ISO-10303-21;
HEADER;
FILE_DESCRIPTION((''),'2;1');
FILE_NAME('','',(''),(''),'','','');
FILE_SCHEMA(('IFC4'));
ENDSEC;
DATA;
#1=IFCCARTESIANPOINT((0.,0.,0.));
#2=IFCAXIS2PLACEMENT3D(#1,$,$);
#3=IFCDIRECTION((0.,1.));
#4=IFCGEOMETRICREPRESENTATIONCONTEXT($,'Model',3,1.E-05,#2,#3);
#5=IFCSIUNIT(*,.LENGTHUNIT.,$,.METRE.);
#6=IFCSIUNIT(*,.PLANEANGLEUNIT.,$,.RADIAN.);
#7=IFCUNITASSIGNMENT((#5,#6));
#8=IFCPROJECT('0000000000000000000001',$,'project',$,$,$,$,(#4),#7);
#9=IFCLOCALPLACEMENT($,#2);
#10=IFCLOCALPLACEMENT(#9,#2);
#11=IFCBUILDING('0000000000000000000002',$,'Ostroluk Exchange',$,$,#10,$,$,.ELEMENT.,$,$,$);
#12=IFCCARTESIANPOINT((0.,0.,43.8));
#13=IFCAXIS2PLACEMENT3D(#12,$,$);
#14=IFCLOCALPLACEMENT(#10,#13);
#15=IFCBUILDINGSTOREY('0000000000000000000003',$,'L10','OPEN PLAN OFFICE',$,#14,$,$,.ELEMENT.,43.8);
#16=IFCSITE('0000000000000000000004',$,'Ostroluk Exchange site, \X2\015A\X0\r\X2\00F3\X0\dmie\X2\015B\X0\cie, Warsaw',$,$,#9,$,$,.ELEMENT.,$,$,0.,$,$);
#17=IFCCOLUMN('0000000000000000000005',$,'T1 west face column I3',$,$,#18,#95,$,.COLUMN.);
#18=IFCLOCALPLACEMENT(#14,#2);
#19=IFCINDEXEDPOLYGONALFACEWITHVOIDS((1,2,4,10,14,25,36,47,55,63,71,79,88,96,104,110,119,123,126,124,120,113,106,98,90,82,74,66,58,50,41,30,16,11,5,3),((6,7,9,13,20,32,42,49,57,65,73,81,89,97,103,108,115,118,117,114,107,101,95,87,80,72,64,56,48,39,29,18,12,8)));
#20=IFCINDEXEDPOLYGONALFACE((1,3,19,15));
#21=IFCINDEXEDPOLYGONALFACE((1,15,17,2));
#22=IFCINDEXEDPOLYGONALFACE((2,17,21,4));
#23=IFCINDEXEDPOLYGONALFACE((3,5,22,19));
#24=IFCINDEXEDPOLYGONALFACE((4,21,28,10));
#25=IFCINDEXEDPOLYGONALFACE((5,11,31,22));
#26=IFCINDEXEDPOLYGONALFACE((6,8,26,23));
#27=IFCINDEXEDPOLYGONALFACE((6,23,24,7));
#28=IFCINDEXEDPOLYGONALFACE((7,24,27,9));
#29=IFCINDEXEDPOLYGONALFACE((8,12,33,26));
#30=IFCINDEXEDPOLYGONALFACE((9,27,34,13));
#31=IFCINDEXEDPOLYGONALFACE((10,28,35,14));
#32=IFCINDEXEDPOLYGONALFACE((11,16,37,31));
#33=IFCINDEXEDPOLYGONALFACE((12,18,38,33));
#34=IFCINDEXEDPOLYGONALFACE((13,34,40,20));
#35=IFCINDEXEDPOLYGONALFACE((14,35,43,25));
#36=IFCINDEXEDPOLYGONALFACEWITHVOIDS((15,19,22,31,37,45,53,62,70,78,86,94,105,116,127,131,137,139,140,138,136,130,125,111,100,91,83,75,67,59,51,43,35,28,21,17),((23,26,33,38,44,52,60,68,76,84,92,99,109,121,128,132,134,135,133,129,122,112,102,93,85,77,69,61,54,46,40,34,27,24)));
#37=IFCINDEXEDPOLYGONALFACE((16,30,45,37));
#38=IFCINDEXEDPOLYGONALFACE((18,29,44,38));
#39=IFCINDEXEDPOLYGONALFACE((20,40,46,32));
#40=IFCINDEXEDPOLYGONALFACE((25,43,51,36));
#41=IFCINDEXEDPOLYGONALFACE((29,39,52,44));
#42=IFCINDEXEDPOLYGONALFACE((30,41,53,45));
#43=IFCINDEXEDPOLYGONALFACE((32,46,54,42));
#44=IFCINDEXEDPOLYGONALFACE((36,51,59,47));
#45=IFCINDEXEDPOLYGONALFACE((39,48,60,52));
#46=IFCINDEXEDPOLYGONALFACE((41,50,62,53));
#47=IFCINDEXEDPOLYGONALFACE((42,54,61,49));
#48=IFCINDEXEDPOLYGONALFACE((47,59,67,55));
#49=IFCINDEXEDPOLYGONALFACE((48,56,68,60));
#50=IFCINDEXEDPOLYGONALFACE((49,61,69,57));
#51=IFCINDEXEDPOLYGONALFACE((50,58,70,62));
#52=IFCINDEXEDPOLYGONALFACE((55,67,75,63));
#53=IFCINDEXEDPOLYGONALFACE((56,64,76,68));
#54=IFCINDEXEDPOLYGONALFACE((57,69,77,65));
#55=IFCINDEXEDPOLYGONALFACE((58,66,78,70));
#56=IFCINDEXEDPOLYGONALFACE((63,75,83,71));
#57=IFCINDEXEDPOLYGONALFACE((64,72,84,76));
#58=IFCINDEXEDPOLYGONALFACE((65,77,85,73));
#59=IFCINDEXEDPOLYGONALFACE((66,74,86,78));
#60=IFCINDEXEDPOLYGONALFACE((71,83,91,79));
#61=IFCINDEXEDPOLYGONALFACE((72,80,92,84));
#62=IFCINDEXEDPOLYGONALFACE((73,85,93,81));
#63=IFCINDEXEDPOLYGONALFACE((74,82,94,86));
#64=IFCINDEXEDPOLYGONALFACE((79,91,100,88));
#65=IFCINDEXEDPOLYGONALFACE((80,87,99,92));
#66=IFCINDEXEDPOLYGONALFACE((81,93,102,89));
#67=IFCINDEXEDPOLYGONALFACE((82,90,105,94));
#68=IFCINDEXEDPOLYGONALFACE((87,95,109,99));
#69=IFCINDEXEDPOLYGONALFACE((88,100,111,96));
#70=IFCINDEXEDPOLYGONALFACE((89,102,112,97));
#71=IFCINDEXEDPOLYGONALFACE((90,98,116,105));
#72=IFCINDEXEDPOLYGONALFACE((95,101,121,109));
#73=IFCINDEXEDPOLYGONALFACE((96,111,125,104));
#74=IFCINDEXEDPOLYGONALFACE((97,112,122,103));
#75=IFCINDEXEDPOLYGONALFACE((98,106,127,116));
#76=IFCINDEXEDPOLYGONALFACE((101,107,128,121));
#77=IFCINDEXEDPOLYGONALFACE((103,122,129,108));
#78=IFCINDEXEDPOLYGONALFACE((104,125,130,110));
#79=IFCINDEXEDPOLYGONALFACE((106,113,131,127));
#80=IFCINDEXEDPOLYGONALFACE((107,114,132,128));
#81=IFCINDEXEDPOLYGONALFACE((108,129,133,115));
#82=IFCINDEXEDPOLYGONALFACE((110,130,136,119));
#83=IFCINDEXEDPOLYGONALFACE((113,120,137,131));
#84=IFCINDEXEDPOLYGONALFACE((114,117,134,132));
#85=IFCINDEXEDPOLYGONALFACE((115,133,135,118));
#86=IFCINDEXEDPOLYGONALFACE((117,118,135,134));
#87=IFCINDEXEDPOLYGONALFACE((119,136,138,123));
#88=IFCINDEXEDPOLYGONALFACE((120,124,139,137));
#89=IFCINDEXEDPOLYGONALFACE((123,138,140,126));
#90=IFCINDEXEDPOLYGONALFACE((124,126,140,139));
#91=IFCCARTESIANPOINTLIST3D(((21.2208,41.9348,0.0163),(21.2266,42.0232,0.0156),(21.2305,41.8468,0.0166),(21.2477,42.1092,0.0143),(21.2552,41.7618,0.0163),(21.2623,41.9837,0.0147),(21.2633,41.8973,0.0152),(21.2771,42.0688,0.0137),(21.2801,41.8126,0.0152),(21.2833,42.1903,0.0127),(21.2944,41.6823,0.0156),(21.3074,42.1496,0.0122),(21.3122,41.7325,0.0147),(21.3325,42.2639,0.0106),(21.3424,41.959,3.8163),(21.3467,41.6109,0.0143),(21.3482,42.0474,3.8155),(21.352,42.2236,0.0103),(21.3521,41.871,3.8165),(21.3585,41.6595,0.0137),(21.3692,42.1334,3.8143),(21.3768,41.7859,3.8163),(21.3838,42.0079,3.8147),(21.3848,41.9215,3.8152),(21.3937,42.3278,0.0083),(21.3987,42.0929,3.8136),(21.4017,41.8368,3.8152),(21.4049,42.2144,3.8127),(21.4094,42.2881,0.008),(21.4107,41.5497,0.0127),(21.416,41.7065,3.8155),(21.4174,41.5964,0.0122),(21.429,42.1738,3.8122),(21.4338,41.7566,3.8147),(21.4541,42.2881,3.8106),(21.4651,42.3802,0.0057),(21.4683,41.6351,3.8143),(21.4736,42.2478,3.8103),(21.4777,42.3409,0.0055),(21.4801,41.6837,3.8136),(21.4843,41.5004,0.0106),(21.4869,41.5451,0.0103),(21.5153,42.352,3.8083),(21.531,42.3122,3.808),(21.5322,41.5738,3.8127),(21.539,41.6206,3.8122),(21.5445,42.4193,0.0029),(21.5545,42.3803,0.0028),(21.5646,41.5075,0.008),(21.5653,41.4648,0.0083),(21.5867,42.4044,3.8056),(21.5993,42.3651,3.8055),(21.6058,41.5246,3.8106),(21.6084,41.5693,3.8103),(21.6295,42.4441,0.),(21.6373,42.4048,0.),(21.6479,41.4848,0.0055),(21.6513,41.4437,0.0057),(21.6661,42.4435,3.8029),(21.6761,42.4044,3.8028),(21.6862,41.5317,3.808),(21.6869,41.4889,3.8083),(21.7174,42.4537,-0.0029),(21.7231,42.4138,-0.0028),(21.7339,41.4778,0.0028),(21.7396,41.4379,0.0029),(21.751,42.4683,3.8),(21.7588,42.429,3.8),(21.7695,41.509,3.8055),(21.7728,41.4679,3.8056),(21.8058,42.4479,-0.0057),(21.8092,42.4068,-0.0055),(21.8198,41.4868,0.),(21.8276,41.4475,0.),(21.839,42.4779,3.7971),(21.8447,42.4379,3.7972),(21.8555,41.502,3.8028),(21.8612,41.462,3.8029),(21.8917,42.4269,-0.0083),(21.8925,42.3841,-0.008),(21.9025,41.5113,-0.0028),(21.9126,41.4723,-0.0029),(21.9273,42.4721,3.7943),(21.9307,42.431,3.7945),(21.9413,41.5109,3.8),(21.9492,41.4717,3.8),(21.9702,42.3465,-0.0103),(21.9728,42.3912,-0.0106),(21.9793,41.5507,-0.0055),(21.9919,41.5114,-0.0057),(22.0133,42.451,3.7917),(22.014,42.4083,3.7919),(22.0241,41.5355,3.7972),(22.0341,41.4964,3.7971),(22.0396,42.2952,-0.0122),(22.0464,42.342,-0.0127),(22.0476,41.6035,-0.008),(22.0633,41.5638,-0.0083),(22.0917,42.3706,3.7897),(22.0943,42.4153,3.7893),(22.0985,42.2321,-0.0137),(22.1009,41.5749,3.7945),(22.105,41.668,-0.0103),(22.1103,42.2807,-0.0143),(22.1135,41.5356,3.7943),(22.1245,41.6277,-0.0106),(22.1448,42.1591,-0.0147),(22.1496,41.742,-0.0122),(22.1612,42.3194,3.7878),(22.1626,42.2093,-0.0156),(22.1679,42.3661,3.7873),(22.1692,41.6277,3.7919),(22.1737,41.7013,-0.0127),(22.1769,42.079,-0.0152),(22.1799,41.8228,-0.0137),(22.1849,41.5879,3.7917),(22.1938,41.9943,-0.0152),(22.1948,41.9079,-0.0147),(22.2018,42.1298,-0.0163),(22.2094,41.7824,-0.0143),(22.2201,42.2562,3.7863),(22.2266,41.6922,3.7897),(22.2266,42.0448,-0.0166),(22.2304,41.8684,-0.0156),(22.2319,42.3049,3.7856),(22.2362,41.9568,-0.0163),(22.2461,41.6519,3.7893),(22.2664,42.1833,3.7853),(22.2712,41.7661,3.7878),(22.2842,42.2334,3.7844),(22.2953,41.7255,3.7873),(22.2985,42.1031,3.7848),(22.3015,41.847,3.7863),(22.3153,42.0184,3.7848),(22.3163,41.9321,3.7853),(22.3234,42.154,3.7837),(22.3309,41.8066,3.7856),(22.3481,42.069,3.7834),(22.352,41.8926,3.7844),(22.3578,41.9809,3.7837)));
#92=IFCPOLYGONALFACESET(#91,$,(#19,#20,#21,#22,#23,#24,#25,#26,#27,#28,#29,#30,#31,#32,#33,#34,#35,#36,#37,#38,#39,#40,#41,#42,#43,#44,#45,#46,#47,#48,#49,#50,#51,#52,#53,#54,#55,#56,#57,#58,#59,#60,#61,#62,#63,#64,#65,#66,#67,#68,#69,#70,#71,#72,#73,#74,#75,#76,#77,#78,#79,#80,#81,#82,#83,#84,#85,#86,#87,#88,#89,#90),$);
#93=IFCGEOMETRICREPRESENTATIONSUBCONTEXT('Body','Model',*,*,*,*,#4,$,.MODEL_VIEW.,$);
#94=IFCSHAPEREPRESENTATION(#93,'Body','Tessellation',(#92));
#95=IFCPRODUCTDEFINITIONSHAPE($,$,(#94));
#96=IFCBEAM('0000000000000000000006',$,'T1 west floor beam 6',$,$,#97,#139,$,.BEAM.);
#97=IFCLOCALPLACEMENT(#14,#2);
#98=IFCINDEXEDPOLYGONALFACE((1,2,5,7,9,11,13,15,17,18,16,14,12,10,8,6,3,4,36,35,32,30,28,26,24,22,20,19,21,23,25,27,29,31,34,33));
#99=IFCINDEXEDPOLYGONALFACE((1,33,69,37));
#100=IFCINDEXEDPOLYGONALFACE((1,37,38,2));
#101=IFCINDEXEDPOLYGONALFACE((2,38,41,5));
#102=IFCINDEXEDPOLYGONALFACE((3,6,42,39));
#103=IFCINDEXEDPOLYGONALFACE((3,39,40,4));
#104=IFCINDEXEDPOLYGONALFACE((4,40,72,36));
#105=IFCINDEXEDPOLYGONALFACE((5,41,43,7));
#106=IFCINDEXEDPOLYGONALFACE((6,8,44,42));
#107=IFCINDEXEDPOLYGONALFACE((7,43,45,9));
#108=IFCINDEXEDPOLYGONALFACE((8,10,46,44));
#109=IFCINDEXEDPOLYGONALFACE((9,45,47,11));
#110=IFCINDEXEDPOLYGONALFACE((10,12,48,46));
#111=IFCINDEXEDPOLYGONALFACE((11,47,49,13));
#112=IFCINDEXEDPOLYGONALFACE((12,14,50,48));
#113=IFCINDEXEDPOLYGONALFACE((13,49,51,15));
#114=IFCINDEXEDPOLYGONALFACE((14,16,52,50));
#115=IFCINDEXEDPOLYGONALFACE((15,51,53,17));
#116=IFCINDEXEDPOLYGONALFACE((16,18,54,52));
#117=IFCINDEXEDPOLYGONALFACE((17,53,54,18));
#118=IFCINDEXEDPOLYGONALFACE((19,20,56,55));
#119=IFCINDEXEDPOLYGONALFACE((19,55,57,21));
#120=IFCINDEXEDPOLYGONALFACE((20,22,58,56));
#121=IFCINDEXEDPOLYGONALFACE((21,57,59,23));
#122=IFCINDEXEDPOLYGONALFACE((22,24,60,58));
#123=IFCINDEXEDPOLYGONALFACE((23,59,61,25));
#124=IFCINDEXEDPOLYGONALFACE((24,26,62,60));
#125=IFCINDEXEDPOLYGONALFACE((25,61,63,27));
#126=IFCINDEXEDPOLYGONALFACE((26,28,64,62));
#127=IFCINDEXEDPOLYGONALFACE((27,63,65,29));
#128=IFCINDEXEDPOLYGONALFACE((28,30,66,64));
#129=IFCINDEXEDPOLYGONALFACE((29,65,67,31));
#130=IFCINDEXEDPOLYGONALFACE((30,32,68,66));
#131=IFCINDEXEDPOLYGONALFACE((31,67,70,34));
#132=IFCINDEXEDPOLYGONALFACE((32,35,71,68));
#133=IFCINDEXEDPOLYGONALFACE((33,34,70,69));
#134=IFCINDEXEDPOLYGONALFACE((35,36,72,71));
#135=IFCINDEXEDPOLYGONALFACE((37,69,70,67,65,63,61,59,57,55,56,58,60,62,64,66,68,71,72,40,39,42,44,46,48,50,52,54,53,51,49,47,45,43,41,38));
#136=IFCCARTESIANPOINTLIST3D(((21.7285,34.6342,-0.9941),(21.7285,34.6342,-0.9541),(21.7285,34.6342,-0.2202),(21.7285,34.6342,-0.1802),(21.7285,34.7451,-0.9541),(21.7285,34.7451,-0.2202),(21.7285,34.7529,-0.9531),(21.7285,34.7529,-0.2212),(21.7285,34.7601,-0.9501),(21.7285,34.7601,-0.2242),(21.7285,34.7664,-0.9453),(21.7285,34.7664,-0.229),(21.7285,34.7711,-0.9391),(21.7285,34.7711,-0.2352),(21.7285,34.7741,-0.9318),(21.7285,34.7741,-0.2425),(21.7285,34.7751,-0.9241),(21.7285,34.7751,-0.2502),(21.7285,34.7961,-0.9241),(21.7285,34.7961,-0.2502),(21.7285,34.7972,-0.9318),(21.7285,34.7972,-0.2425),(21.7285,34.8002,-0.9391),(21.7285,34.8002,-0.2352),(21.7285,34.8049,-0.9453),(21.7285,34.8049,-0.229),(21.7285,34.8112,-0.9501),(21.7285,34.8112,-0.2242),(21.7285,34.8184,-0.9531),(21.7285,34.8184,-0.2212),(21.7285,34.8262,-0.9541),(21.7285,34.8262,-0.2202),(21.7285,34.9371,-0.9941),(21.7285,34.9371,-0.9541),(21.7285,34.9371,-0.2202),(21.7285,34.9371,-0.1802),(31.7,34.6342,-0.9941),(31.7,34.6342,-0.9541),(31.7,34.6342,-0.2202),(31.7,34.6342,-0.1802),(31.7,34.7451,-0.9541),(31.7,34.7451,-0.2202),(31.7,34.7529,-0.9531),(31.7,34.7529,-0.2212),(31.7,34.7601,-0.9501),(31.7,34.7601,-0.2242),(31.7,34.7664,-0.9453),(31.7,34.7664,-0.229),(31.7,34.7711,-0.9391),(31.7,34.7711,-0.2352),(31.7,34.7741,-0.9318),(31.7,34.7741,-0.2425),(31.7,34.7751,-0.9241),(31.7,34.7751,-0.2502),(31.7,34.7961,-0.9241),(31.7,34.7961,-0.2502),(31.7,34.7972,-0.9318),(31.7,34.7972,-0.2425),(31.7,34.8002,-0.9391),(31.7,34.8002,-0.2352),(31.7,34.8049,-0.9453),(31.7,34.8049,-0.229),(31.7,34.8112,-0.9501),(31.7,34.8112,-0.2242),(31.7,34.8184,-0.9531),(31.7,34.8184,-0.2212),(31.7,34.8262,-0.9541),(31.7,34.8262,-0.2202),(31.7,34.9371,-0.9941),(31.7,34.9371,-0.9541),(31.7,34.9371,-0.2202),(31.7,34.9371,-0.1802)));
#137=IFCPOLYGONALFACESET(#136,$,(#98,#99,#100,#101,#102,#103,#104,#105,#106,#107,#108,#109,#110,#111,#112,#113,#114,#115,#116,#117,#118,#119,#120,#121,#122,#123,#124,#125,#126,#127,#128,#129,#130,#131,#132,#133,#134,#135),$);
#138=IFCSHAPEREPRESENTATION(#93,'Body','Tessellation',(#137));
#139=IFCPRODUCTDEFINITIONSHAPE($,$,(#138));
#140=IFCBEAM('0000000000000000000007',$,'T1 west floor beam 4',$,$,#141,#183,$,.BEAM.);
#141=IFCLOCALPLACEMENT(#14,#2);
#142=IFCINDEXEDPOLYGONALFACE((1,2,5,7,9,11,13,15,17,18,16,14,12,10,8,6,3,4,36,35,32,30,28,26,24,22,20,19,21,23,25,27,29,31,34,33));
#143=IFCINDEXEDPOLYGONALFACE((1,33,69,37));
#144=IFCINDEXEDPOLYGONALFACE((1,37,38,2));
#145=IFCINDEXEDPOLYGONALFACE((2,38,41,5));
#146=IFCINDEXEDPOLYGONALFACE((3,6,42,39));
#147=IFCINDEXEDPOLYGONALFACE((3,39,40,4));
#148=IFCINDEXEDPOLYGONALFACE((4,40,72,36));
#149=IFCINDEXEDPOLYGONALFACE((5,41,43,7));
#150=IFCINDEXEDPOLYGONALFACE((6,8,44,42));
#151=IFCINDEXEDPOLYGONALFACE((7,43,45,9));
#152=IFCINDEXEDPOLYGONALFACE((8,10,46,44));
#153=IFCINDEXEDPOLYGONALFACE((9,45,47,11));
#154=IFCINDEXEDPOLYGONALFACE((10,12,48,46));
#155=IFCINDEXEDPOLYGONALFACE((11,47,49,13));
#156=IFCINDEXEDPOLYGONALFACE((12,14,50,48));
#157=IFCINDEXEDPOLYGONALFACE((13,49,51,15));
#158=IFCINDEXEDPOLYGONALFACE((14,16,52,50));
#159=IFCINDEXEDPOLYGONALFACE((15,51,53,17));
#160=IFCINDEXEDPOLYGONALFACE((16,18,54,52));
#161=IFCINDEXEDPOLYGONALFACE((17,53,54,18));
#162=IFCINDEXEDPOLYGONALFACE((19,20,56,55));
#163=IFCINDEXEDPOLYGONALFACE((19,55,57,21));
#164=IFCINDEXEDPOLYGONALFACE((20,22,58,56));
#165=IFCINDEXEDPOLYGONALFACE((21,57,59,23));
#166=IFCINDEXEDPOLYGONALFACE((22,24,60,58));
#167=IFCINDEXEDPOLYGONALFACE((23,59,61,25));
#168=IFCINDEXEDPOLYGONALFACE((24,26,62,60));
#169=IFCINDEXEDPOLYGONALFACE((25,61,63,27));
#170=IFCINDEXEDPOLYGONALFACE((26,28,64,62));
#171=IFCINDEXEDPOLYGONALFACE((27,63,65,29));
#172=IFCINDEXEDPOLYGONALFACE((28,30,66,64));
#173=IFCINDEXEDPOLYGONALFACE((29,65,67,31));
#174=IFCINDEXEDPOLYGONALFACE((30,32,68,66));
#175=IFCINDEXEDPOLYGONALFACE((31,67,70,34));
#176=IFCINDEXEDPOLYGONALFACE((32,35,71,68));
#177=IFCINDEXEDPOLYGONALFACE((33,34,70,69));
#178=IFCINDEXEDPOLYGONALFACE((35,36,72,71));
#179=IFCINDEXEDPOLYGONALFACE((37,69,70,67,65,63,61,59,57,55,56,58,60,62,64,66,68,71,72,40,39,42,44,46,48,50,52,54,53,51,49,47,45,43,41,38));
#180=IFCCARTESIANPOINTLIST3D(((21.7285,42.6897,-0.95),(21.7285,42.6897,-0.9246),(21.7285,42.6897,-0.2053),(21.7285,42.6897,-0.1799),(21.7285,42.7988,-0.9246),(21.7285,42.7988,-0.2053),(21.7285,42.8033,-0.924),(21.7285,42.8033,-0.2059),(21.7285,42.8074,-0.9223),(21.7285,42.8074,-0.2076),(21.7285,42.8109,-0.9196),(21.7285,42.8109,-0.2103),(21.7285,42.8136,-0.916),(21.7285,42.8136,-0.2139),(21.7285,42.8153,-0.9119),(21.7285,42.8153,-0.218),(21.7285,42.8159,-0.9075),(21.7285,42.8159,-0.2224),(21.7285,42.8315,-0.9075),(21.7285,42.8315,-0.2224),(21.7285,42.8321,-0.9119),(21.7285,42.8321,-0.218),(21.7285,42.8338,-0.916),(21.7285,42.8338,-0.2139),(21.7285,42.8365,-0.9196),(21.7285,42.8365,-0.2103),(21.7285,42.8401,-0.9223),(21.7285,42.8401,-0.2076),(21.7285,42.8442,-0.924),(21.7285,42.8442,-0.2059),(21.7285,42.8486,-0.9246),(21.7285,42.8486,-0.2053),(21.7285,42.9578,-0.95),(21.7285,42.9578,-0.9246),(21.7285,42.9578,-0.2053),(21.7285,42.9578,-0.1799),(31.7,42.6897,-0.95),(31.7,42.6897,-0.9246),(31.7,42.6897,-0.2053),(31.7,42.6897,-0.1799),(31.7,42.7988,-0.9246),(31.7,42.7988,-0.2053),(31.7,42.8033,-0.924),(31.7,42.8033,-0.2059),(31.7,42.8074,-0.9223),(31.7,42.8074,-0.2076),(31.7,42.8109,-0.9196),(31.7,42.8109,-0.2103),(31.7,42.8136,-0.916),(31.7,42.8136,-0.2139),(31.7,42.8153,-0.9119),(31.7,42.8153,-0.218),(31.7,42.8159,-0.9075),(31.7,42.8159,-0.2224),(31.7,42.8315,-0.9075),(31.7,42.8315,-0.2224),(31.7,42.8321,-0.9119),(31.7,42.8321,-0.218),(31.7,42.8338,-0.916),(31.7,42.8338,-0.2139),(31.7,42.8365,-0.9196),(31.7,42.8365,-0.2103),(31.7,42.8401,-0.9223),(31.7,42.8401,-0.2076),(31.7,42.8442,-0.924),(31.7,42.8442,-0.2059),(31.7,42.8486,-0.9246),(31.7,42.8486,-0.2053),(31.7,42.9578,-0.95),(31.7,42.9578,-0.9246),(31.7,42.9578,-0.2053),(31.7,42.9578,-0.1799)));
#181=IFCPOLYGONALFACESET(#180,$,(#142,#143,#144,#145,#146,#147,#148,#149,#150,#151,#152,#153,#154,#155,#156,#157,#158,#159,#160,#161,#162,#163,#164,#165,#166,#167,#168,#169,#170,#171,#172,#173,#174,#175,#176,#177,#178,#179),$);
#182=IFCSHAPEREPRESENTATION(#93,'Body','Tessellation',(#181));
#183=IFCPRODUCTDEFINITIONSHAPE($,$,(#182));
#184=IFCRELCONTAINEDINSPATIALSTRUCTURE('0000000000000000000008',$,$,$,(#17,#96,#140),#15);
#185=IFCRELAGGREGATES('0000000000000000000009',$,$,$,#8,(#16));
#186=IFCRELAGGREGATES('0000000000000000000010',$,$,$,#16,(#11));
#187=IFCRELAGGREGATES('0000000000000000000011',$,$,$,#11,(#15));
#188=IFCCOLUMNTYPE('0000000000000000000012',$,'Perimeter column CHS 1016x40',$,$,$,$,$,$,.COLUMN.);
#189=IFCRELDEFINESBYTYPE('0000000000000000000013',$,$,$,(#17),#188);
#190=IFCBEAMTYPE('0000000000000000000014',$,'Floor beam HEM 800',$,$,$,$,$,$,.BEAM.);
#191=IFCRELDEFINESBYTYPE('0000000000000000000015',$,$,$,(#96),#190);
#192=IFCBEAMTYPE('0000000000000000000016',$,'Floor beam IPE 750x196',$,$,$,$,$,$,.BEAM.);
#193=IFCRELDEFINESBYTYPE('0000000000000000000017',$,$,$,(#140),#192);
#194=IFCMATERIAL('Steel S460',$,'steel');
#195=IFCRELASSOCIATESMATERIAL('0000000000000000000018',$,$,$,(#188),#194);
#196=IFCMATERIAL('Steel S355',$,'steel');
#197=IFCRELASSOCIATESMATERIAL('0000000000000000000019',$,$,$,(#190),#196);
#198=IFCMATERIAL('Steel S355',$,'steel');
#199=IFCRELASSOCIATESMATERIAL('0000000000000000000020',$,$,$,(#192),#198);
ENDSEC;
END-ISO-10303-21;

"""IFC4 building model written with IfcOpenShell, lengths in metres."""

from ifc_helpers import new_model, si_unit, direction, frame, origin, origin_2d, place, context, subcontext, project, spatial, hollow_circle, i_section, extrude, material, material_profile, profile_set, type_object, element, save


model = new_model("IFC4")

# Units and contexts
model_context = context("Model", 3, precision=1e-05, world=origin(), true_north=direction((0.0, 1.0)))
body_context = subcontext(model_context, "Body", "Model", "MODEL_VIEW")
ifc_project = project(units=[si_unit("LENGTHUNIT", "METRE"), si_unit("PLANEANGLEUNIT", "RADIAN")], contexts=[model_context])

# Site, building, storey
site_placement = place(None, origin())
site = spatial("IfcSite", under=ifc_project, at=site_placement, Name="Ostroluk Exchange site, Śródmieście, Warsaw", CompositionType="ELEMENT", RefElevation=0.0)
building_placement = place(site_placement, origin())
building = spatial("IfcBuilding", under=site, at=building_placement, Name="Ostroluk Exchange", CompositionType="ELEMENT")
storey_placement = place(building_placement, frame((0.0, 0.0, 43.8)))
storey = spatial("IfcBuildingStorey", under=building, at=storey_placement, Name="L10", Description="OPEN PLAN OFFICE", CompositionType="ELEMENT", Elevation=43.8)

# Column
ifc_material_1 = material(Name="Steel S460", Category="steel")
ifc_material_profile_1 = material_profile(ifc_material_1, hollow_circle(Radius=0.5081, WallThickness=0.04, at=origin_2d()), Name="CHS 1016x40")
ifc_profile_set_1 = profile_set([ifc_material_profile_1], Name="Steel S460")
column_type = type_object("IfcColumnType", Name="Perimeter column CHS 1016x40", PredefinedType="COLUMN", material=ifc_profile_set_1)
column_placement = place(storey_placement, frame((21.7285, 41.9458, 0.0), z_axis=(0.031978, 0.006357, 0.999468), x_axis=(-0.19498, 0.980807, 0.0)))
element("IfcColumn", 1, at=column_placement, inside=storey, type_object=column_type, Name="T1 west face column I3", PredefinedType="COLUMN", context=body_context, shape_type="SweptSolid", body=[
    extrude(hollow_circle(Radius=0.5081, WallThickness=0.04, at=origin_2d()), origin(), (0.0, 0.0, 1.0), 3.802),
])

# Beams
ifc_material_2 = material(Name="Steel S355", Category="steel")
ifc_material_profile_2 = material_profile(ifc_material_2, i_section(OverallWidth=0.303, OverallDepth=0.814, WebThickness=0.021, FlangeThickness=0.04, FilletRadius=0.03, at=origin_2d()), Name="HEM 800")
ifc_profile_set_2 = profile_set([ifc_material_profile_2], Name="Steel S355")
beam_type_1 = type_object("IfcBeamType", Name="Floor beam HEM 800", PredefinedType="BEAM", material=ifc_profile_set_2)
beam_placement = place(storey_placement, frame((31.7, 34.7856, -0.5872), z_axis=(-1.0, 0.0, 0.0), x_axis=(0.0, -1.0, 0.0)))
element("IfcBeam", 2, at=beam_placement, inside=storey, type_object=beam_type_1, Name="T1 west floor beam 6", PredefinedType="BEAM", context=body_context, shape_type="SweptSolid", body=[
    extrude(i_section(OverallWidth=0.303, OverallDepth=0.814, WebThickness=0.021, FlangeThickness=0.04, FilletRadius=0.03, at=origin_2d()), origin(), (0.0, 0.0, 1.0), 9.9714),
])
ifc_material_3 = material(Name="Steel S355", Category="steel")
ifc_material_profile_3 = material_profile(ifc_material_3, i_section(OverallWidth=0.2681, OverallDepth=0.77, WebThickness=0.0156, FlangeThickness=0.0254, FilletRadius=0.0171, at=origin_2d()), Name="IPE 750x196")
ifc_profile_set_3 = profile_set([ifc_material_profile_3], Name="Steel S355")
beam_type_2 = type_object("IfcBeamType", Name="Floor beam IPE 750x196", PredefinedType="BEAM", material=ifc_profile_set_3)
for number, where, z_axis, x_axis, name in (
    (3, (31.7, 42.8237, -0.5649), (-1.0, 0.0, 0.0), (0.0, -1.0, 0.0), "T1 west floor beam 4"),
):
    element("IfcBeam", number, at=place(storey_placement, frame(where, z_axis=z_axis, x_axis=x_axis)), inside=storey, type_object=beam_type_2, Name=name, PredefinedType="BEAM", context=body_context, shape_type="SweptSolid", body=[
        extrude(i_section(OverallWidth=0.2681, OverallDepth=0.77, WebThickness=0.0156, FlangeThickness=0.0254, FilletRadius=0.0171, at=origin_2d()), origin(), (0.0, 0.0, 1.0), 9.9714),
    ])

save(model, "model.ifc")
